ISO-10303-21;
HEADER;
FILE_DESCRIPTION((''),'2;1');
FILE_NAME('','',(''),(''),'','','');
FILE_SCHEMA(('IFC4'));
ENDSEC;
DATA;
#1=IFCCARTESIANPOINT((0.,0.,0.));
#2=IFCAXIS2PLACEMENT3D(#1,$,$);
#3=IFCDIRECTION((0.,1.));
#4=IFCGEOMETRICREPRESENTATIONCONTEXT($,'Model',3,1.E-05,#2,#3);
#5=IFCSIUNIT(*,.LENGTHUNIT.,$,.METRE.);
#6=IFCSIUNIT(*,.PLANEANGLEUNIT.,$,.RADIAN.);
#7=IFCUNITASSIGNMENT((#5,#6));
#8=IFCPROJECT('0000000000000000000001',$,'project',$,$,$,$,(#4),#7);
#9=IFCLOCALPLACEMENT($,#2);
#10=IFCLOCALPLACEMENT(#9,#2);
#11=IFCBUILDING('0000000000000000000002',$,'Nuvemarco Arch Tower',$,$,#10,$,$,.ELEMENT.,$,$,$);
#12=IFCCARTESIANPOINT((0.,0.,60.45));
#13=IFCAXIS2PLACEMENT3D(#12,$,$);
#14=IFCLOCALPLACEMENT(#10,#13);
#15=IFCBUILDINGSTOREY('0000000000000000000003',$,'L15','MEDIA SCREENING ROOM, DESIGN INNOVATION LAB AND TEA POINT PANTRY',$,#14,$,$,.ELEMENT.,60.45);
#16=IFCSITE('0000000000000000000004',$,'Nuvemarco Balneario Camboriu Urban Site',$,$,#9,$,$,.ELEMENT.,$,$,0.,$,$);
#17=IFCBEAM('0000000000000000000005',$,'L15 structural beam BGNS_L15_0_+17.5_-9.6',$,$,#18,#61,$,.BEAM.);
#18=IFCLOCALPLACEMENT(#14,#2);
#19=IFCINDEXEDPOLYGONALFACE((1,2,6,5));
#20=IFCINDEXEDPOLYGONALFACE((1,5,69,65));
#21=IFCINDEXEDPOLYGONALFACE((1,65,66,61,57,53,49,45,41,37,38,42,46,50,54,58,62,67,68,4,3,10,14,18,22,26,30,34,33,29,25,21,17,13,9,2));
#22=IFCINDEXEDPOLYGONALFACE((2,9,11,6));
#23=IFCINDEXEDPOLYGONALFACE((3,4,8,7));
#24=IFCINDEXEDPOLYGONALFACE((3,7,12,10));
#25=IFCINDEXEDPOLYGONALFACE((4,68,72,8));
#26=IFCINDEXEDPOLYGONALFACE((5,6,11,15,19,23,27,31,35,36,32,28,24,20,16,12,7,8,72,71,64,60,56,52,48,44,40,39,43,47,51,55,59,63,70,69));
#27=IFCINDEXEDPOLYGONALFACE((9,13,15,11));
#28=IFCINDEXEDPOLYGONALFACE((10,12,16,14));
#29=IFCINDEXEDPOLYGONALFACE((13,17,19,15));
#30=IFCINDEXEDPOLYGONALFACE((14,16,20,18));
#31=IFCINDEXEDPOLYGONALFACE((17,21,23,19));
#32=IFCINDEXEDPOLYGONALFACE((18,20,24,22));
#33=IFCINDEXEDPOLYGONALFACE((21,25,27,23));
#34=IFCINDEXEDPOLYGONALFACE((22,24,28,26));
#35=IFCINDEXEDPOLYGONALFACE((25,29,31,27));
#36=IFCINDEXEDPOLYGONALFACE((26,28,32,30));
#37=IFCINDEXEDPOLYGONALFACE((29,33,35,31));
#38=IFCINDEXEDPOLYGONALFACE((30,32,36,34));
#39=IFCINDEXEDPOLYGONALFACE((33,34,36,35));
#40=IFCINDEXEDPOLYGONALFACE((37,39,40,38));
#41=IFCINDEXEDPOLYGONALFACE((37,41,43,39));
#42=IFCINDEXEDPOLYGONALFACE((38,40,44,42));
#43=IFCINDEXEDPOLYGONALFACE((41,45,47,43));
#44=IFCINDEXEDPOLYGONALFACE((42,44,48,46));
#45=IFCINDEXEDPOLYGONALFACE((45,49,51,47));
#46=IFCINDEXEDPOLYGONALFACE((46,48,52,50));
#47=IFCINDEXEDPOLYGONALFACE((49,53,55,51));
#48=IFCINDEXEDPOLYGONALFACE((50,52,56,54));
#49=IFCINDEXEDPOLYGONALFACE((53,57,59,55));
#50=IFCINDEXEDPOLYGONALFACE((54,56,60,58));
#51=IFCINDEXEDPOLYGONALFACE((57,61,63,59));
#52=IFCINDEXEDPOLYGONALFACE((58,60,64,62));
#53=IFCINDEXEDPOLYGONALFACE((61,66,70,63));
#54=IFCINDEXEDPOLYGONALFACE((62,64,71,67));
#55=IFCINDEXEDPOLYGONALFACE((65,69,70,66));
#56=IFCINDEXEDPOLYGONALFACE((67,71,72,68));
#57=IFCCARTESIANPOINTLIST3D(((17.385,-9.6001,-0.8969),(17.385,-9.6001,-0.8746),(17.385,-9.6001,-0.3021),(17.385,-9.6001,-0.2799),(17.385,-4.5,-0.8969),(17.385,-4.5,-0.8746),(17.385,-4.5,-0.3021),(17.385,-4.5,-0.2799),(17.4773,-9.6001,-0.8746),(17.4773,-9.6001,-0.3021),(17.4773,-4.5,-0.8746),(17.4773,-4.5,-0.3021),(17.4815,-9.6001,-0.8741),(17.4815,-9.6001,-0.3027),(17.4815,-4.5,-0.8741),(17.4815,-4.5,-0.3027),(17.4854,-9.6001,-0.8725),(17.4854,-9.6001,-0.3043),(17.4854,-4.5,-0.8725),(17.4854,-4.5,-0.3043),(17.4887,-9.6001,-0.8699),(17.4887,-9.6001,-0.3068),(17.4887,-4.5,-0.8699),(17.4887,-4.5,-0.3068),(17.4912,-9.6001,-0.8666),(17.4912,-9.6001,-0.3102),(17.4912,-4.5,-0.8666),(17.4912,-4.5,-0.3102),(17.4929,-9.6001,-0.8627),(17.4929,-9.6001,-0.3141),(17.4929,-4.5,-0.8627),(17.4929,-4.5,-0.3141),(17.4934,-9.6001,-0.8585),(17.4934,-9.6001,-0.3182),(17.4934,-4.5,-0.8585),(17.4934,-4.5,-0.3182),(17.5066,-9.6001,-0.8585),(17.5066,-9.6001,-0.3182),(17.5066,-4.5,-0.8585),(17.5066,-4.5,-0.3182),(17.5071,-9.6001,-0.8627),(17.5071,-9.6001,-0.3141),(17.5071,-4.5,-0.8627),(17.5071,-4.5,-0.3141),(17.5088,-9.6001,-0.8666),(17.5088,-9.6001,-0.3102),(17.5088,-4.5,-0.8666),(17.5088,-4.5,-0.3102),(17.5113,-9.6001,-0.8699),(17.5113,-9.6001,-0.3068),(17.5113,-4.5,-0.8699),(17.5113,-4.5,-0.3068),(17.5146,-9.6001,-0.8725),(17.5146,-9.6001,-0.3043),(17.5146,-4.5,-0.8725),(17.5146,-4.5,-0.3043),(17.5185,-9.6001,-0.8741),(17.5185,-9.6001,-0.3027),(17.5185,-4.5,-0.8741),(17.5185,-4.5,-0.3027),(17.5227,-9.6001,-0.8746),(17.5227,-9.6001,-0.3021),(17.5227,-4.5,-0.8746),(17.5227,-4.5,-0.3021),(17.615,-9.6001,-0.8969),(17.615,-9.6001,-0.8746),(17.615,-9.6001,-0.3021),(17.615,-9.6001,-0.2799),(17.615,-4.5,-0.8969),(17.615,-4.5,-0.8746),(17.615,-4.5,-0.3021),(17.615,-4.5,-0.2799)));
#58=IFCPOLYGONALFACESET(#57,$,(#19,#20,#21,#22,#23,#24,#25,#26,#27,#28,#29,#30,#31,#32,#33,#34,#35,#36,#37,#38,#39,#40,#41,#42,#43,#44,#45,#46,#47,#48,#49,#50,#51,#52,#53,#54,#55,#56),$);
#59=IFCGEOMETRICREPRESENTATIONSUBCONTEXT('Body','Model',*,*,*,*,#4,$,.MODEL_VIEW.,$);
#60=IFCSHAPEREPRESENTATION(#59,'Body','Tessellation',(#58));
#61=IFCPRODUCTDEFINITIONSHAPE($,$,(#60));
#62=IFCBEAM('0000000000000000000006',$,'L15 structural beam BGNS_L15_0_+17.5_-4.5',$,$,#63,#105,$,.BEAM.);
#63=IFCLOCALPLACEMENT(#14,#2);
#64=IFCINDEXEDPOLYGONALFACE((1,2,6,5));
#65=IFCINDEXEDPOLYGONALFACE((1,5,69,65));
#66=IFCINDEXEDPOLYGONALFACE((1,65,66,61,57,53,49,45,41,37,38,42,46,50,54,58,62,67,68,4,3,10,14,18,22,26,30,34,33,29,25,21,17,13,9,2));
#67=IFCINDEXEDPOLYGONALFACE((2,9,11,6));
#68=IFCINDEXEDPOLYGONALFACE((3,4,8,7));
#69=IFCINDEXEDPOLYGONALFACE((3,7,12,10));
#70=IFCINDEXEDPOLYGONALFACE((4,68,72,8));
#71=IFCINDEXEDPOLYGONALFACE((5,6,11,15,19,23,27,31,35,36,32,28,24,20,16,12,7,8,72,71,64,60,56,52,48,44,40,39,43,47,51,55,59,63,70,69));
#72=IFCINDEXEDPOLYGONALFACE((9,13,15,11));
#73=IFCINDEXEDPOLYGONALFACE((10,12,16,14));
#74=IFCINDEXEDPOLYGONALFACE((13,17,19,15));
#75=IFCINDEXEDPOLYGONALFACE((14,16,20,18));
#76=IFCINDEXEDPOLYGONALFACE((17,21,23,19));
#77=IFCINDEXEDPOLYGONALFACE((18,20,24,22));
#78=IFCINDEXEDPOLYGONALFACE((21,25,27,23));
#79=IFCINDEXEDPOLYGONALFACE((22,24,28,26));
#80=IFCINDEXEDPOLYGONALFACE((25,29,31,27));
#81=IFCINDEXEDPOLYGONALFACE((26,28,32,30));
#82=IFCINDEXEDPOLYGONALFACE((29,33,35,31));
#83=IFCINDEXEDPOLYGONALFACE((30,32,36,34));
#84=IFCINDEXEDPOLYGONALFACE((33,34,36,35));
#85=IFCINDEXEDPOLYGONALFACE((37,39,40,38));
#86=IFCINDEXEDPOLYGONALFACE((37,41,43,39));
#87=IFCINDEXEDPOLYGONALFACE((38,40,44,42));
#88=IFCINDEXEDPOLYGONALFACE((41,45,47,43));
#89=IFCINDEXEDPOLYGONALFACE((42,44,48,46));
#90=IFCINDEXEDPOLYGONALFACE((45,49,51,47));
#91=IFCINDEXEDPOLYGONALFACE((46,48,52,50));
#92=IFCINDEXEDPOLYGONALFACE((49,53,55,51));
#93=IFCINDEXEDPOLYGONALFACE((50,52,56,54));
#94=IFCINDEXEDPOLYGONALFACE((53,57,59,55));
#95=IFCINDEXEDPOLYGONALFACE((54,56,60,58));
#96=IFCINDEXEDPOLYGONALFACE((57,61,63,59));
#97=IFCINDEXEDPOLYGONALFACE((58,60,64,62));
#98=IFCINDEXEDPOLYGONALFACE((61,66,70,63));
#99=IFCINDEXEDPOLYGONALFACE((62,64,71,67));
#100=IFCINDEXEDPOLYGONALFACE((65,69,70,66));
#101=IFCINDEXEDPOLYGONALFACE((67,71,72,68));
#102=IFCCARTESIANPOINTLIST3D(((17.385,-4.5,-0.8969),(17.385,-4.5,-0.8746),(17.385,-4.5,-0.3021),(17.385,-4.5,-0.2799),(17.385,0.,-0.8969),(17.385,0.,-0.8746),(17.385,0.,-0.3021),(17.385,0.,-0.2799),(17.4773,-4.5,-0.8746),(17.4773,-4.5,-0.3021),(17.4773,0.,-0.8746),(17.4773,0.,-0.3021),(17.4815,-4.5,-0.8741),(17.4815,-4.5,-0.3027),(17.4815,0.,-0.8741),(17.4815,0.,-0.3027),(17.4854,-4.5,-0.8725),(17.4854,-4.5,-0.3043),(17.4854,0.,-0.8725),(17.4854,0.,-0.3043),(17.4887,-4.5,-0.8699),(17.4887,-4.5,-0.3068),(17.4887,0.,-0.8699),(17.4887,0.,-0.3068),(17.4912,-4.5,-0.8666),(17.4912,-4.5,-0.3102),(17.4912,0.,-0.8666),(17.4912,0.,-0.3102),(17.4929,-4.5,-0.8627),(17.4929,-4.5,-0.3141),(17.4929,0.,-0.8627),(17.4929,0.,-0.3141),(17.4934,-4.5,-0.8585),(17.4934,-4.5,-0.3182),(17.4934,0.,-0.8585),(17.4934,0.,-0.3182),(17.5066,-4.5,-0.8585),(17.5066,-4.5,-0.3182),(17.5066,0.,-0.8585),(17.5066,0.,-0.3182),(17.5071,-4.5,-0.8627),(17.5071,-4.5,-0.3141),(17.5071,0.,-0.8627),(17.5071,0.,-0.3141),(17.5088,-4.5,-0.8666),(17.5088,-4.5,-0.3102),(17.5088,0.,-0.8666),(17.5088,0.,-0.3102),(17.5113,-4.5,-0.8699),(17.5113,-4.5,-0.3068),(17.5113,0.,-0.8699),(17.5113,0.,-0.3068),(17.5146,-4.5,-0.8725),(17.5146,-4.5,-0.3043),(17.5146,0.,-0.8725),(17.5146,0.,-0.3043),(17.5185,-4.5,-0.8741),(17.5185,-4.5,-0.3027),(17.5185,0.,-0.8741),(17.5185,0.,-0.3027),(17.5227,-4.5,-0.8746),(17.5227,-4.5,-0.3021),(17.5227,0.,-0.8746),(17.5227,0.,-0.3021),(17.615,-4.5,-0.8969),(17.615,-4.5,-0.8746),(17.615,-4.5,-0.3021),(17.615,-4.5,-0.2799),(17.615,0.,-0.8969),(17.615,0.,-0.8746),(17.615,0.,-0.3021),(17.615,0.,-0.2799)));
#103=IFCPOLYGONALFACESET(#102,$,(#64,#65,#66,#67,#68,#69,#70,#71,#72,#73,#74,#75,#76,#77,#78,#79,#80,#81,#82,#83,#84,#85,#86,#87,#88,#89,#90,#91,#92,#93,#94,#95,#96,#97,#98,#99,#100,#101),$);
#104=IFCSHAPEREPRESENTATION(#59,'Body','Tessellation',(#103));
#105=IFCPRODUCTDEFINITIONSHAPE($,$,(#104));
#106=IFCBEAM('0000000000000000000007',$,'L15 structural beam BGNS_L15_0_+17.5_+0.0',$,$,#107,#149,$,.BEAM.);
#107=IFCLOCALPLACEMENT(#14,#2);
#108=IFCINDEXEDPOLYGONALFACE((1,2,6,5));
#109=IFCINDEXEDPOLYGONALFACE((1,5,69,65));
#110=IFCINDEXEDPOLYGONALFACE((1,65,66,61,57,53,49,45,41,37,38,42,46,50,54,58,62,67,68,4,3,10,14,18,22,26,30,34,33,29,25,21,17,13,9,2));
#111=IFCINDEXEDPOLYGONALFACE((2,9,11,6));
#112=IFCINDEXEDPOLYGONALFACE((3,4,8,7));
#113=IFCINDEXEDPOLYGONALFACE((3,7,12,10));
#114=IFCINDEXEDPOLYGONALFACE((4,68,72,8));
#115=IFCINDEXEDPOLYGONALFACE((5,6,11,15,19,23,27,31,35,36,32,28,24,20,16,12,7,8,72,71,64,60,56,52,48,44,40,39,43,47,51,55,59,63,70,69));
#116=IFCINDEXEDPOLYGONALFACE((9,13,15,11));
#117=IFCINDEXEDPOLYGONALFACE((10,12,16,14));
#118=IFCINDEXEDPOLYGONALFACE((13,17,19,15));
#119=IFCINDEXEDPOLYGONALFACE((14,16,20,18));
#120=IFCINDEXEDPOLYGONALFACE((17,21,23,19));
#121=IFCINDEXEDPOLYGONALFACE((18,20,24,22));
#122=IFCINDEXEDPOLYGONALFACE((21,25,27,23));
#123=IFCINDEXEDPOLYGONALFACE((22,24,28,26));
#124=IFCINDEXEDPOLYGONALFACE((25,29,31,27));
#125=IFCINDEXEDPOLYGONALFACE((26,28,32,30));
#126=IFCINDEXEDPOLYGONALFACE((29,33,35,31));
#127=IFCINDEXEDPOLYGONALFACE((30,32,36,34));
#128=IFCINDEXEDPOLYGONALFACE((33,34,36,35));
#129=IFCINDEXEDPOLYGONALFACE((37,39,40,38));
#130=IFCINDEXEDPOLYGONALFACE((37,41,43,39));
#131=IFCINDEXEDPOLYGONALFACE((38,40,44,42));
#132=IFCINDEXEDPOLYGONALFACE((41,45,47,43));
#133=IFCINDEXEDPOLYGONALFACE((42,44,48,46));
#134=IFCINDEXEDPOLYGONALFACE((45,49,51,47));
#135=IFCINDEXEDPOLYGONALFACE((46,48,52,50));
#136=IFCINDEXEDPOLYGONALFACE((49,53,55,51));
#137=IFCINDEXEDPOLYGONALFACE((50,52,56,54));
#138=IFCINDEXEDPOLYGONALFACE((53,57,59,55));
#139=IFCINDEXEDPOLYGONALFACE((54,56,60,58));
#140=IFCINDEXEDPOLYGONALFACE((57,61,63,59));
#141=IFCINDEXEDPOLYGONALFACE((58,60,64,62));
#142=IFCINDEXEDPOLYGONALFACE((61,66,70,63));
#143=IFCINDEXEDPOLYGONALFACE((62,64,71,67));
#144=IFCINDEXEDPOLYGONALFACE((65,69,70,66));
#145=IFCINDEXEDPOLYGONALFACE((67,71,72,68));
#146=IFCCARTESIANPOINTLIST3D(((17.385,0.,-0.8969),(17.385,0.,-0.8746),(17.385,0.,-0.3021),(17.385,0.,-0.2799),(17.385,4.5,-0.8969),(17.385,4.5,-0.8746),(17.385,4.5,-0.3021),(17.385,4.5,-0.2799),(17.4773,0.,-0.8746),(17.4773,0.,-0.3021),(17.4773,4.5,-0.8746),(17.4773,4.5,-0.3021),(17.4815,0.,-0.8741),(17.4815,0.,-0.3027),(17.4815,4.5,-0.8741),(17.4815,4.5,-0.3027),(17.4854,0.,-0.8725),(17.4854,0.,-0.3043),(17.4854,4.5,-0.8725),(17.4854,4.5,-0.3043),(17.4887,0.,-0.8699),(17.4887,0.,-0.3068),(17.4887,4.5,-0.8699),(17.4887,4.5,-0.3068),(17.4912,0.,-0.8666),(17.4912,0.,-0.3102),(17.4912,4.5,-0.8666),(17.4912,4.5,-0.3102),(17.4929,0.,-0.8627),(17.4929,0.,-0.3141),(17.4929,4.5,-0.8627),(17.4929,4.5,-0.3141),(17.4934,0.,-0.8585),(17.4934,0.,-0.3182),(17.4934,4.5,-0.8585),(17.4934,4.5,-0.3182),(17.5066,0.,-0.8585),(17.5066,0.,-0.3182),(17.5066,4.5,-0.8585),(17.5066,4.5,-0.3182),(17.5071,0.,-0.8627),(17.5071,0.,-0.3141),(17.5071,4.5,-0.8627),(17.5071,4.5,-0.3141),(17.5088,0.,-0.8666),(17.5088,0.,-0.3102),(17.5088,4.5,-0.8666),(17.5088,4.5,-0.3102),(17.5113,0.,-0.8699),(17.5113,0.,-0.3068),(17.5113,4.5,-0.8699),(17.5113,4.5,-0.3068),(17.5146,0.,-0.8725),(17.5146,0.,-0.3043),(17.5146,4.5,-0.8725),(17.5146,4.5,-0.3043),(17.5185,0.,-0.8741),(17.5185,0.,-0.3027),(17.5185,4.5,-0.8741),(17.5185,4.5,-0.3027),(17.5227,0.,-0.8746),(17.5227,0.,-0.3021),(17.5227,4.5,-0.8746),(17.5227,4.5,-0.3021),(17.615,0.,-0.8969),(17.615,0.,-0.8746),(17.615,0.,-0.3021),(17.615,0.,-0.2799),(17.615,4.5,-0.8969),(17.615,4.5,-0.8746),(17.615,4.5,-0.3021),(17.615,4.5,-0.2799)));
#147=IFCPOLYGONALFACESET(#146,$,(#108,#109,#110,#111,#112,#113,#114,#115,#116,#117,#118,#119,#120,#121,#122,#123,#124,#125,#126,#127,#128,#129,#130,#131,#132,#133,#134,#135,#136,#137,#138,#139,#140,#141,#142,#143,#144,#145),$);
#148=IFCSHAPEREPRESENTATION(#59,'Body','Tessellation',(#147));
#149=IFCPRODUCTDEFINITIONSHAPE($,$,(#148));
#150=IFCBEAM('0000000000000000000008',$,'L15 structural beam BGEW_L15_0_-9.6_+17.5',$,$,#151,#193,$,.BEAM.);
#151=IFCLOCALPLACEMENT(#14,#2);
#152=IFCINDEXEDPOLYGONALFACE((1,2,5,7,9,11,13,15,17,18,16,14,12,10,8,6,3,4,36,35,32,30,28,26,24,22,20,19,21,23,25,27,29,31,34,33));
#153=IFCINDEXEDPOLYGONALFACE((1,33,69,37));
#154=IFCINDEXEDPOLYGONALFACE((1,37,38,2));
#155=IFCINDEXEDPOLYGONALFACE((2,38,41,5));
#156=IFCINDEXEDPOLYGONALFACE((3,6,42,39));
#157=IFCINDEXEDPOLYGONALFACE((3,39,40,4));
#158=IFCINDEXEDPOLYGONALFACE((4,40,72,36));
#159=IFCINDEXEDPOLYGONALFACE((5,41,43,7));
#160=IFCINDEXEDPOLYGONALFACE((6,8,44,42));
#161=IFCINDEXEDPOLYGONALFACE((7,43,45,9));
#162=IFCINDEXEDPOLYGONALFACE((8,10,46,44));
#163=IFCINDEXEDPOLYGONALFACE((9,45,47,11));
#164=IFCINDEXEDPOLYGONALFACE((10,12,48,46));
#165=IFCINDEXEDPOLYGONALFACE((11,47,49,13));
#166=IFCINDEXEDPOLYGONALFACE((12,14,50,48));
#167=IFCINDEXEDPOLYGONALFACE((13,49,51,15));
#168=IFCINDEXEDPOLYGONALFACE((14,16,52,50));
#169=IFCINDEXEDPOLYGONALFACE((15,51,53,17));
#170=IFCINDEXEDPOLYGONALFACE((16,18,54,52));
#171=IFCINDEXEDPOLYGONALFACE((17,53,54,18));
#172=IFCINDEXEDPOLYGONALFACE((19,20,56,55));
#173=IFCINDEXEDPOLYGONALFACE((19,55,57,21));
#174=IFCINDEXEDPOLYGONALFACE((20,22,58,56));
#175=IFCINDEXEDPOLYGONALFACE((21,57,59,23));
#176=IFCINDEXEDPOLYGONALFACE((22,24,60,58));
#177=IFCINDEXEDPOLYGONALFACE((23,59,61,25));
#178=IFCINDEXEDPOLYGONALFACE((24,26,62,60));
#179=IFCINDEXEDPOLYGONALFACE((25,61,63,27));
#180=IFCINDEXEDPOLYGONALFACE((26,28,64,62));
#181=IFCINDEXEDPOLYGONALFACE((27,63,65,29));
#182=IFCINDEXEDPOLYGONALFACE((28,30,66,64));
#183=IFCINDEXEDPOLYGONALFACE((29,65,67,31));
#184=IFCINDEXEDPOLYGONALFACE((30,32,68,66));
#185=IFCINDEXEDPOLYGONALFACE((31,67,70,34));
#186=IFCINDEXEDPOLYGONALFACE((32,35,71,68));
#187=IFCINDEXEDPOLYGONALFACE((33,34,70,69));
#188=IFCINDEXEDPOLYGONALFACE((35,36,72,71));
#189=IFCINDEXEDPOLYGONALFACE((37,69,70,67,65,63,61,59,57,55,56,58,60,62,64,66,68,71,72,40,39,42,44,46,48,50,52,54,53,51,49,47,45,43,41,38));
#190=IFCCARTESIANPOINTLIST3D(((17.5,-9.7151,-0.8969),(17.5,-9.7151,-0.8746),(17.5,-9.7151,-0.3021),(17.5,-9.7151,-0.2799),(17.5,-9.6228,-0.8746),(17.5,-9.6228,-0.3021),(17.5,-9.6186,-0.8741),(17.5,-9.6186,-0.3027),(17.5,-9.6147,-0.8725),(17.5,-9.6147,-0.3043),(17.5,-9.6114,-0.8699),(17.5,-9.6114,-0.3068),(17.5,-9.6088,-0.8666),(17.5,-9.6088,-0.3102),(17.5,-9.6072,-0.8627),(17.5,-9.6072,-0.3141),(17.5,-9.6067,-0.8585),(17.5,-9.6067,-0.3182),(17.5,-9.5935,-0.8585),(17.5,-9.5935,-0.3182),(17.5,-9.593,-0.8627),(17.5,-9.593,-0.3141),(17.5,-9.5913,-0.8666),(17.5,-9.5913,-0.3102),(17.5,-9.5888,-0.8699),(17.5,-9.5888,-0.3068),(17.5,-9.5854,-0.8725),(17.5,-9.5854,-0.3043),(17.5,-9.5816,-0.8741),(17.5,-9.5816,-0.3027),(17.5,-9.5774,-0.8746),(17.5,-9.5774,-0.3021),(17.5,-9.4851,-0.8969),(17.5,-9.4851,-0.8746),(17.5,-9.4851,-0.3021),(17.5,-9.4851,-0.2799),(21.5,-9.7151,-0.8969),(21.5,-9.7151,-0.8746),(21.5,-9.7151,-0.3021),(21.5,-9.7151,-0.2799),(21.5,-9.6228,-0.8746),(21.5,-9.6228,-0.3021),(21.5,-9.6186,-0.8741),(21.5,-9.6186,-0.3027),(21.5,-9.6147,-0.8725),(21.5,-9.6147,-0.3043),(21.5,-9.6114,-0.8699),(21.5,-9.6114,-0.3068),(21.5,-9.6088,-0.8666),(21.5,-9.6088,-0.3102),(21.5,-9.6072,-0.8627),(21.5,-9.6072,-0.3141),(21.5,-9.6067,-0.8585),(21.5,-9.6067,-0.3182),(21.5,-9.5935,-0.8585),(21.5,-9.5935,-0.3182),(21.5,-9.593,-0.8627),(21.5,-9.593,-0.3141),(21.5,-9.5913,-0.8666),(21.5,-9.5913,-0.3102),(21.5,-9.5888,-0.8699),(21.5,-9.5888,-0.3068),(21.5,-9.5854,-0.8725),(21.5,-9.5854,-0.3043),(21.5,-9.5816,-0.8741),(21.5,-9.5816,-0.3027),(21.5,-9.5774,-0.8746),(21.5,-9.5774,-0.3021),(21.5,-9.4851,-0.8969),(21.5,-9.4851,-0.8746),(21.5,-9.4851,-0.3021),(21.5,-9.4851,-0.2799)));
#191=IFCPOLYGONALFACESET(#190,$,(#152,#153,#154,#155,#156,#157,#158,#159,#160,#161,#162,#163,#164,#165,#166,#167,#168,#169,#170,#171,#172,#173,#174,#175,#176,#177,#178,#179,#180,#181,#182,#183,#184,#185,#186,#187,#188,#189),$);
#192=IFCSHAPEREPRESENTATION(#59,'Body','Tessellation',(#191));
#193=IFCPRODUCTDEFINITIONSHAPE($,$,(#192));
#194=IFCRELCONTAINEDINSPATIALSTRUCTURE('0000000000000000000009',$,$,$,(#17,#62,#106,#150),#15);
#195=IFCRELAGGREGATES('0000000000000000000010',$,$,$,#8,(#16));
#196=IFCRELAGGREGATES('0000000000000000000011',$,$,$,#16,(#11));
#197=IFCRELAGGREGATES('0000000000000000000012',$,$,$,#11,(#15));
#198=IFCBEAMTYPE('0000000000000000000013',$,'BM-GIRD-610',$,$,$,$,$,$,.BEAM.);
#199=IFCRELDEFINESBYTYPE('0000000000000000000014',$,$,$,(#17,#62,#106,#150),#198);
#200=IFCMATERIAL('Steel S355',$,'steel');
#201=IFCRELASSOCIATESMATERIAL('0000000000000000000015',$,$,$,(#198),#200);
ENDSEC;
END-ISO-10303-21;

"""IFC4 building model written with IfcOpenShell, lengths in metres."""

from ifc_helpers import new_model, si_unit, direction, frame, origin, origin_2d, place, context, subcontext, project, spatial, i_section, extrude, material, material_profile, profile_set, type_object, element, save


model = new_model("IFC4")

# Units and contexts
model_context = context("Model", 3, precision=1e-05, world=origin(), true_north=direction((0.0, 1.0)))
body_context = subcontext(model_context, "Body", "Model", "MODEL_VIEW")
ifc_project = project(units=[si_unit("LENGTHUNIT", "METRE"), si_unit("PLANEANGLEUNIT", "RADIAN")], contexts=[model_context])

# Site, building, storey
site_placement = place(None, origin())
site = spatial("IfcSite", under=ifc_project, at=site_placement, Name="Nuvemarco Balneario Camboriu Urban Site", CompositionType="ELEMENT", RefElevation=0.0)
building_placement = place(site_placement, origin())
building = spatial("IfcBuilding", under=site, at=building_placement, Name="Nuvemarco Arch Tower", CompositionType="ELEMENT")
storey_placement = place(building_placement, frame((0.0, 0.0, 60.45)))
storey = spatial("IfcBuildingStorey", under=building, at=storey_placement, Name="L15", Description="MEDIA SCREENING ROOM, DESIGN INNOVATION LAB AND TEA POINT PANTRY", CompositionType="ELEMENT", Elevation=60.45)

# Beams
ifc_material_1 = material(Name="Steel S355", Category="steel")
ifc_material_profile_1 = material_profile(ifc_material_1, i_section(OverallWidth=0.23, OverallDepth=0.6169, WebThickness=0.0132, FlangeThickness=0.0222, FilletRadius=0.0161, at=origin_2d()), Name="W610x140")
ifc_profile_set_1 = profile_set([ifc_material_profile_1], Name="Steel S355")
beam_type_1 = type_object("IfcBeamType", Name="BM-GIRD-610", PredefinedType="BEAM", material=ifc_profile_set_1)
beam_1_placement = place(storey_placement, frame((17.5, -9.6001, -0.5884), z_axis=(0.0, 1.0, 0.0), x_axis=(-1.0, 0.0, 0.0)))
element("IfcBeam", 1, at=beam_1_placement, inside=storey, type_object=beam_type_1, Name="L15 structural beam BGNS_L15_0_+17.5_-9.6", PredefinedType="BEAM", context=body_context, shape_type="SweptSolid", body=[
    extrude(i_section(OverallWidth=0.23, OverallDepth=0.6169, WebThickness=0.0132, FlangeThickness=0.0222, FilletRadius=0.0161, at=origin_2d()), origin(), (0.0, 0.0, 1.0), 5.1001),
])
for number, where, z_axis, x_axis, name in (
    (2, (17.5, -4.5, -0.5884), (0.0, 1.0, 0.0), (-1.0, 0.0, 0.0), "L15 structural beam BGNS_L15_0_+17.5_-4.5"),
    (3, (17.5, 0.0, -0.5884), (0.0, 1.0, 0.0), (-1.0, 0.0, 0.0), "L15 structural beam BGNS_L15_0_+17.5_+0.0"),
):
    element("IfcBeam", number, at=place(storey_placement, frame(where, z_axis=z_axis, x_axis=x_axis)), inside=storey, type_object=beam_type_1, Name=name, PredefinedType="BEAM", context=body_context, shape_type="SweptSolid", body=[
        extrude(i_section(OverallWidth=0.23, OverallDepth=0.6169, WebThickness=0.0132, FlangeThickness=0.0222, FilletRadius=0.0161, at=origin_2d()), origin(), (0.0, 0.0, 1.0), 4.5),
    ])
beam_2_placement = place(storey_placement, frame((17.5, -9.6001, -0.5884), z_axis=(1.0, 0.0, 0.0), x_axis=(0.0, 1.0, 0.0)))
element("IfcBeam", 4, at=beam_2_placement, inside=storey, type_object=beam_type_1, Name="L15 structural beam BGEW_L15_0_-9.6_+17.5", PredefinedType="BEAM", context=body_context, shape_type="SweptSolid", body=[
    extrude(i_section(OverallWidth=0.23, OverallDepth=0.6169, WebThickness=0.0132, FlangeThickness=0.0222, FilletRadius=0.0161, at=origin_2d()), origin(), (0.0, 0.0, 1.0), 4.0),
])

save(model, "model.ifc")
